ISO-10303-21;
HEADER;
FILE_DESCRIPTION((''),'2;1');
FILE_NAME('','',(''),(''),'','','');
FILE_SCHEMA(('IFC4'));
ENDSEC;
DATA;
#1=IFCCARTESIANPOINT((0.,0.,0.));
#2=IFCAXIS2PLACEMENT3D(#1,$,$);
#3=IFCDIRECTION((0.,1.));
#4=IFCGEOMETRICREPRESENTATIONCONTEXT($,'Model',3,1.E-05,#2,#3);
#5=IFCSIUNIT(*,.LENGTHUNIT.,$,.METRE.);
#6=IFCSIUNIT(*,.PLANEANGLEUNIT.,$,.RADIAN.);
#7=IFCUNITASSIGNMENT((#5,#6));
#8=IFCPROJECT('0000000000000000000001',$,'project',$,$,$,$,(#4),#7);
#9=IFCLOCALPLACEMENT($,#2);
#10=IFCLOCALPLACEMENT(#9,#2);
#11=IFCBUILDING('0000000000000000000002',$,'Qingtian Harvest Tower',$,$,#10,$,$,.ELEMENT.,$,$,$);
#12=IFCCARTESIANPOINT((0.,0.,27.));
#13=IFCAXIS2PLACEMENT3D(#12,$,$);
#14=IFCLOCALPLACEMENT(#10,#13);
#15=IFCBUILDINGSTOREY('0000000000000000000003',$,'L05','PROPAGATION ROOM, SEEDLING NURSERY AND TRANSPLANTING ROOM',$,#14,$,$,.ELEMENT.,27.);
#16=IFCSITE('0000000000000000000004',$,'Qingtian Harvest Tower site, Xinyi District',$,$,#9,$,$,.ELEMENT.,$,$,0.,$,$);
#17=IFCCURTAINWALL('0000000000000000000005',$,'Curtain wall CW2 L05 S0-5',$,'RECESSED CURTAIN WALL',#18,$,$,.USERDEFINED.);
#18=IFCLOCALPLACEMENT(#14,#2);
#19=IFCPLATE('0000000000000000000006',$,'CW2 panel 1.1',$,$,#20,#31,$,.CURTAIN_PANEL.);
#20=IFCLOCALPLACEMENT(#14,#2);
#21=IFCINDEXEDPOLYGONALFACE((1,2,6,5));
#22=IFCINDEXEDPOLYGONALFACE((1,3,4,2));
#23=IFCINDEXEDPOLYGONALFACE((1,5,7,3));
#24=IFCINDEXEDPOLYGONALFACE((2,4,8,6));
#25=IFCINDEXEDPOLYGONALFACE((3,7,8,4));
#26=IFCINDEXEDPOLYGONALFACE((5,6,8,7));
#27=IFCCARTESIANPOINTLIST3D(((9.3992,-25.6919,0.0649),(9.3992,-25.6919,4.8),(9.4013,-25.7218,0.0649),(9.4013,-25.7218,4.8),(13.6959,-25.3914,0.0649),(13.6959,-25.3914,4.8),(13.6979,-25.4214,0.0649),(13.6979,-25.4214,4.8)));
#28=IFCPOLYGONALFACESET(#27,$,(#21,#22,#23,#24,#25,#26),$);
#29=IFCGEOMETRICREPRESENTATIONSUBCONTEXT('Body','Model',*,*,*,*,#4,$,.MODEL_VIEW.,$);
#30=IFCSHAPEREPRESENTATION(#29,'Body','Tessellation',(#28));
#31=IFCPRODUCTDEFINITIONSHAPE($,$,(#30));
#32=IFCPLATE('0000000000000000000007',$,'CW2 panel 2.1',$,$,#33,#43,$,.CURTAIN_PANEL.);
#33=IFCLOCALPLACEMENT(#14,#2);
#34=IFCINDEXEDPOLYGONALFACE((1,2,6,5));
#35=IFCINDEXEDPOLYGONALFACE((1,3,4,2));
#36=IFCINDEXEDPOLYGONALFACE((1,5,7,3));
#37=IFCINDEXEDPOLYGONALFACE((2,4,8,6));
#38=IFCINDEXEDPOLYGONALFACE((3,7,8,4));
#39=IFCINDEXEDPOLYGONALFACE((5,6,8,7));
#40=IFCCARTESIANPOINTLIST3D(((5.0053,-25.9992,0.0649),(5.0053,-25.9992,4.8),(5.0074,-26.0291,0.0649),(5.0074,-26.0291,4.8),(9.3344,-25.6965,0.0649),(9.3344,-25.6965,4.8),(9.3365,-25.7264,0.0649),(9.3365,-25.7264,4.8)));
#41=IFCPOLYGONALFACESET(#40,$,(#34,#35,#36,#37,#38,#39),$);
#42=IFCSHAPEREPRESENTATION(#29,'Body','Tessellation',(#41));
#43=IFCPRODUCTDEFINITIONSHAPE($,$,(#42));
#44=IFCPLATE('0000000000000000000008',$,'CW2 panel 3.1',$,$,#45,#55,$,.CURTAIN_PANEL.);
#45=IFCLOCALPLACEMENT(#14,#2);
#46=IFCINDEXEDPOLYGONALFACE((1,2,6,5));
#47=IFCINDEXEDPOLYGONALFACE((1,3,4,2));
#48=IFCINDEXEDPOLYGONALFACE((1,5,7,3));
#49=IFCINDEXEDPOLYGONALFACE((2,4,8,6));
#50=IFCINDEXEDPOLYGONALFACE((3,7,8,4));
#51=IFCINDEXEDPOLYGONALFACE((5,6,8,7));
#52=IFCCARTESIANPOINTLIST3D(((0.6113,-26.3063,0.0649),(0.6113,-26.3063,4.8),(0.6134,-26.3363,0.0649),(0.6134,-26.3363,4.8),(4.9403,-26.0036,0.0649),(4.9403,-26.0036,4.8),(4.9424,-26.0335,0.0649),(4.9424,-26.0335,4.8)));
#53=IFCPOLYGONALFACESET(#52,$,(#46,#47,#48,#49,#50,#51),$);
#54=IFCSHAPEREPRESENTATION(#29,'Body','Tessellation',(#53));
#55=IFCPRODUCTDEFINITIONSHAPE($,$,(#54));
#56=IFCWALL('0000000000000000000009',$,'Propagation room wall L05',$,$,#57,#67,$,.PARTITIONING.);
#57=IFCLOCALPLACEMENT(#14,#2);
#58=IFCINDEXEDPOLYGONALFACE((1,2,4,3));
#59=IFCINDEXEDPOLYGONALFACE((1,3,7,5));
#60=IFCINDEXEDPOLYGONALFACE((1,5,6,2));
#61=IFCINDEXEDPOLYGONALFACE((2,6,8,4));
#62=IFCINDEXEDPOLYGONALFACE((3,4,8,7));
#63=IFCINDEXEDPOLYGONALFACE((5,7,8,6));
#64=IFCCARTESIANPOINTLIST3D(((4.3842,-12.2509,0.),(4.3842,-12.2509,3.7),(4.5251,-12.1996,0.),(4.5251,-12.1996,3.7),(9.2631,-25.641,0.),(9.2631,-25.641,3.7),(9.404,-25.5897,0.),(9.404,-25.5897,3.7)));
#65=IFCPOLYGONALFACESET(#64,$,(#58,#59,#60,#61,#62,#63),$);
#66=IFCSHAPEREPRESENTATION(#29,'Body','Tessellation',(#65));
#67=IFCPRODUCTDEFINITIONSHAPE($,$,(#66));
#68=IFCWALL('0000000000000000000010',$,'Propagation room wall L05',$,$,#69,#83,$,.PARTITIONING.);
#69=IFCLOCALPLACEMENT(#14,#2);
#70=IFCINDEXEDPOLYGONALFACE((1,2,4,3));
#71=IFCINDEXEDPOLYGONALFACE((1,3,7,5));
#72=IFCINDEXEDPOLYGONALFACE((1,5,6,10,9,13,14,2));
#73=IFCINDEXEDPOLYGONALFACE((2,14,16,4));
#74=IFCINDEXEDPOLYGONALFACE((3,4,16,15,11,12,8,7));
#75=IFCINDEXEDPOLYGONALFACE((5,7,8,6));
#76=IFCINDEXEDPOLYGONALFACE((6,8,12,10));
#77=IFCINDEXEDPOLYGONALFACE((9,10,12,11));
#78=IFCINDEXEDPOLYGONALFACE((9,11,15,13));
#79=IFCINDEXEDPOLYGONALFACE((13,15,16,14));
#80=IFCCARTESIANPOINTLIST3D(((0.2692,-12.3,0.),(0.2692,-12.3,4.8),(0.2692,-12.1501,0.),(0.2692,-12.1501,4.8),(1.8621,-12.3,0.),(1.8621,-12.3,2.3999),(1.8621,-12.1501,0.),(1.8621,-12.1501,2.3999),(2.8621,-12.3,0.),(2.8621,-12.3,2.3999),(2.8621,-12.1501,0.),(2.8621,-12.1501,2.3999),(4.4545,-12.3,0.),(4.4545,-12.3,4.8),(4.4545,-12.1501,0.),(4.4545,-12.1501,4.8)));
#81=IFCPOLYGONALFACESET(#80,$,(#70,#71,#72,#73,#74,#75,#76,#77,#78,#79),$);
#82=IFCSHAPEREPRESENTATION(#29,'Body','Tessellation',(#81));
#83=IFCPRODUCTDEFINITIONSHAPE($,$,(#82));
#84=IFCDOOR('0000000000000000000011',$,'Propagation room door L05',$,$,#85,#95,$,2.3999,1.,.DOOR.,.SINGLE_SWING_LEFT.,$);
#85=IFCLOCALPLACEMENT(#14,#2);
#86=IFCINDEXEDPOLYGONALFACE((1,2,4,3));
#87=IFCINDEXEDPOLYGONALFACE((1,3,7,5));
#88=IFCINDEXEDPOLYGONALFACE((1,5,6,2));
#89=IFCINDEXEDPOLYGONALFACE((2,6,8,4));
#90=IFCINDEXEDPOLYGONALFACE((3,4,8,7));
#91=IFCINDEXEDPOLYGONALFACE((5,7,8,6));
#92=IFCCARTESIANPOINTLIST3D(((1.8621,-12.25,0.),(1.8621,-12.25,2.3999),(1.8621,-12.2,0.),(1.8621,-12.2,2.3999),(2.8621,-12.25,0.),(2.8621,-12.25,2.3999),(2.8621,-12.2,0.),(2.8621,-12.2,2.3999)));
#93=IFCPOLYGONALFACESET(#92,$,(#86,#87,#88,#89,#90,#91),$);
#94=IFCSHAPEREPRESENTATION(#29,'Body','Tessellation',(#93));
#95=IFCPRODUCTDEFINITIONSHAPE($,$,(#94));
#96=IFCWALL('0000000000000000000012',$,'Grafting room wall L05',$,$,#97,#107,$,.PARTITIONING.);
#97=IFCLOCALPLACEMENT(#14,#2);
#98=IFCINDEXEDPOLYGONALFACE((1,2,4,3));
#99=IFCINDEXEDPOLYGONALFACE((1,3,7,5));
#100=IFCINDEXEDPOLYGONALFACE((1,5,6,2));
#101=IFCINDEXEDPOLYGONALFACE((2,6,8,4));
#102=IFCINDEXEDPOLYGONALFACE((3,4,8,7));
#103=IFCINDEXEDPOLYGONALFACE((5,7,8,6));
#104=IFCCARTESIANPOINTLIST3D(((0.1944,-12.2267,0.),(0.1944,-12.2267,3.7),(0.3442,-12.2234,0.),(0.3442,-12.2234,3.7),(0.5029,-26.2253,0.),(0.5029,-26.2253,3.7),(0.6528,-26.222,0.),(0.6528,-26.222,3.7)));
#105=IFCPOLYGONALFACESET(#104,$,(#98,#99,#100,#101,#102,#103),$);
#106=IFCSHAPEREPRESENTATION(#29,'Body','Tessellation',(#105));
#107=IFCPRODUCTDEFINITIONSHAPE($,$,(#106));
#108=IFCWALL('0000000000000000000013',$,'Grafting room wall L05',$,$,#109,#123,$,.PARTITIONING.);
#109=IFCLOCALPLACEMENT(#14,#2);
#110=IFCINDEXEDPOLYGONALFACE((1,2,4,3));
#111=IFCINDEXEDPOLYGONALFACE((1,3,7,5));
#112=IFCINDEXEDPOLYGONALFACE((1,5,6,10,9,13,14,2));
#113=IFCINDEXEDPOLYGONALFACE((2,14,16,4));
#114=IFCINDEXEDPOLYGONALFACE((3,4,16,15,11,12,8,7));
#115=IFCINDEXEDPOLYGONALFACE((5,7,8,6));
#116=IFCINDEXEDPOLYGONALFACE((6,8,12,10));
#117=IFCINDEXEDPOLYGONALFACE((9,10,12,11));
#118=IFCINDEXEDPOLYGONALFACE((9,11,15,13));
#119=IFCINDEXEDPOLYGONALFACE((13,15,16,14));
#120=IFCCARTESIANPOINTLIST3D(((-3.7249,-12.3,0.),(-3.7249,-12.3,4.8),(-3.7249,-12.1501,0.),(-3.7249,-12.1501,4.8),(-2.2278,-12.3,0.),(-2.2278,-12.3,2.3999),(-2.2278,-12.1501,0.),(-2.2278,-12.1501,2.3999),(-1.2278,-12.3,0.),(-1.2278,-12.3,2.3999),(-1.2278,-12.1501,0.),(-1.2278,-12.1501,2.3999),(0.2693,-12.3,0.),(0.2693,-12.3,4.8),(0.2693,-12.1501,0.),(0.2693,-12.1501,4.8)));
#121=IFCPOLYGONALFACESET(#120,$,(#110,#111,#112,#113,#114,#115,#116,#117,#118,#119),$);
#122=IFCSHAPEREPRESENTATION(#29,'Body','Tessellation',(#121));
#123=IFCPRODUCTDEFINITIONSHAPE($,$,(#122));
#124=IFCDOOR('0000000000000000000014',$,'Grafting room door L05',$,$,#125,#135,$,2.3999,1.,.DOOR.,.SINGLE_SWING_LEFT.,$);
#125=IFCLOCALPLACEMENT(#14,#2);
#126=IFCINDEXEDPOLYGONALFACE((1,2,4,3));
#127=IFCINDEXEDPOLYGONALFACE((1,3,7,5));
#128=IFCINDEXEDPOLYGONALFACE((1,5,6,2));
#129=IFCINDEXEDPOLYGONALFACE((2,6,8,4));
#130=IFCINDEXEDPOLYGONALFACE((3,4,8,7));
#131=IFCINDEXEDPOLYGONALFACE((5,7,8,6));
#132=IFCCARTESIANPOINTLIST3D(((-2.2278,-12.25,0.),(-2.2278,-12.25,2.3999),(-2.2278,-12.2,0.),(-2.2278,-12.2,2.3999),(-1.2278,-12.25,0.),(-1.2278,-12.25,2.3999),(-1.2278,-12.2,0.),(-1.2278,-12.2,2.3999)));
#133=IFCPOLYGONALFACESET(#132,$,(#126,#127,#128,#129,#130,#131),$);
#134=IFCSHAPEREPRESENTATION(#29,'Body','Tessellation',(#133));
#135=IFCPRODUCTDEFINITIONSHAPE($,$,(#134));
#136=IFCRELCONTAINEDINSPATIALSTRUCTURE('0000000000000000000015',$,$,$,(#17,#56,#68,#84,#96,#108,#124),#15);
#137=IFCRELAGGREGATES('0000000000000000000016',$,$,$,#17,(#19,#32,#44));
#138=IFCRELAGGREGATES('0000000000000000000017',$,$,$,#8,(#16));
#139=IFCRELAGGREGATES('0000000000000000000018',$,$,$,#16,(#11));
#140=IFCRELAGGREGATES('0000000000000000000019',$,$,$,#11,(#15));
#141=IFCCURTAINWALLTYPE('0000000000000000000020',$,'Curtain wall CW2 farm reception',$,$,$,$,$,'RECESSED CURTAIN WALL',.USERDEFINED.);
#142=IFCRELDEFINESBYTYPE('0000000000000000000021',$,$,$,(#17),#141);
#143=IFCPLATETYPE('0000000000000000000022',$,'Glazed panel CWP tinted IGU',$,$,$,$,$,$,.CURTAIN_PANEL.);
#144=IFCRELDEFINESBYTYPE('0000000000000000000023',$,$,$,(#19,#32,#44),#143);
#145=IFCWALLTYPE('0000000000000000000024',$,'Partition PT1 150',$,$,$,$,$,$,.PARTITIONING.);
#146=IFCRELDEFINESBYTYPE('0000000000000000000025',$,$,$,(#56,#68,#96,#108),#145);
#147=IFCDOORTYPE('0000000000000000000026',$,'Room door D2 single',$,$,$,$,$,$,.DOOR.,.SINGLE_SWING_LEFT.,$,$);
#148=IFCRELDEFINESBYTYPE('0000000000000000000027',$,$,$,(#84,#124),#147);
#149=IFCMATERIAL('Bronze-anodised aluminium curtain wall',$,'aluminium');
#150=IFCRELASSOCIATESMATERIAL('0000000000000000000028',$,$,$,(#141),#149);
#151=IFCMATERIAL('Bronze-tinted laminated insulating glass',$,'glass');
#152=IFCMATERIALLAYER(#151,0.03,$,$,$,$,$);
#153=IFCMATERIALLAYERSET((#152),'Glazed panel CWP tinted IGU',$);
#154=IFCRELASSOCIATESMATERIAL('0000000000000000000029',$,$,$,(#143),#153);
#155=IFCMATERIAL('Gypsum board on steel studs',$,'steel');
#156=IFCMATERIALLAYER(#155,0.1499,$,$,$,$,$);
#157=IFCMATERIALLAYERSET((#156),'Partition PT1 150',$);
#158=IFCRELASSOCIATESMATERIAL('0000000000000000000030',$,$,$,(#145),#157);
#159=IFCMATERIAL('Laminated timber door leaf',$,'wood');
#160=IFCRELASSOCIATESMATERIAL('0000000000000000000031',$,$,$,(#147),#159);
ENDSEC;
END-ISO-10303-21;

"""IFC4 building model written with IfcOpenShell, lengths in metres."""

from ifc_helpers import new_model, si_unit, direction, frame, frame_2d, origin, origin_2d, place, context, subcontext, project, spatial, rectangle, extrude, material, layer, layer_set, type_object, element, fill, aggregate, save


model = new_model("IFC4")

# Units and contexts
model_context = context("Model", 3, precision=1e-05, world=origin(), true_north=direction((0.0, 1.0)))
body_context = subcontext(model_context, "Body", "Model", "MODEL_VIEW")
ifc_project = project(units=[si_unit("LENGTHUNIT", "METRE"), si_unit("PLANEANGLEUNIT", "RADIAN")], contexts=[model_context])

# Site, building, storey
site_placement = place(None, origin())
site = spatial("IfcSite", under=ifc_project, at=site_placement, Name="Qingtian Harvest Tower site, Xinyi District", CompositionType="ELEMENT", RefElevation=0.0)
building_placement = place(site_placement, origin())
building = spatial("IfcBuilding", under=site, at=building_placement, Name="Qingtian Harvest Tower", CompositionType="ELEMENT")
storey_placement = place(building_placement, frame((0.0, 0.0, 27.0)))
storey = spatial("IfcBuildingStorey", under=building, at=storey_placement, Name="L05", Description="PROPAGATION ROOM, SEEDLING NURSERY AND TRANSPLANTING ROOM", CompositionType="ELEMENT", Elevation=27.0)

# Shared definitions
ifc_material_1 = material(Name="Bronze-anodised aluminium curtain wall", Category="aluminium")
curtain_wall_type = type_object("IfcCurtainWallType", Name="Curtain wall CW2 farm reception", ElementType="RECESSED CURTAIN WALL", PredefinedType="USERDEFINED", material=ifc_material_1)

# Curtain wall
curtain_wall_1_placement = place(storey_placement, origin())
curtain_wall_1 = element("IfcCurtainWall", 1, at=curtain_wall_1_placement, inside=storey, type_object=curtain_wall_type, Name="Curtain wall CW2 L05 S0-5", ObjectType="RECESSED CURTAIN WALL", PredefinedType="USERDEFINED")

# Plates
ifc_material_2 = material(Name="Bronze-tinted laminated insulating glass", Category="glass")
ifc_layer_1 = layer(ifc_material_2, 0.03)
ifc_layer_set_1 = layer_set([ifc_layer_1], Name="Glazed panel CWP tinted IGU")
plate_type = type_object("IfcPlateType", Name="Glazed panel CWP tinted IGU", PredefinedType="CURTAIN_PANEL", material=ifc_layer_set_1)
plate_1_placement = place(storey_placement, frame((11.5486, -25.5566, 0.0649), z_axis=(0.0, 0.0, 1.0), x_axis=(-0.997564, -0.069756, 0.0)))
plate_1 = element("IfcPlate", 2, at=plate_1_placement, type_object=plate_type, Name="CW2 panel 1.1", PredefinedType="CURTAIN_PANEL", context=body_context, shape_type="SweptSolid", body=[
    extrude(rectangle(XDim=4.3071, YDim=0.03, at=origin_2d()), origin(), (0.0, 0.0, 1.0), 4.7351),
])
plate_2_placement = place(storey_placement, frame((7.1709, -25.8628, 0.0649), z_axis=(0.0, 0.0, 1.0), x_axis=(-0.997564, -0.069756, 0.0)))
plate_2 = element("IfcPlate", 3, at=plate_2_placement, type_object=plate_type, Name="CW2 panel 2.1", PredefinedType="CURTAIN_PANEL", context=body_context, shape_type="SweptSolid", body=[
    extrude(rectangle(XDim=4.3396, YDim=0.03, at=origin_2d()), origin(), (0.0, 0.0, 1.0), 4.7351),
])
plate_3_placement = place(storey_placement, frame((2.7769, -26.1699, 0.0649), z_axis=(0.0, 0.0, 1.0), x_axis=(-0.997564, -0.069756, 0.0)))
plate_3 = element("IfcPlate", 4, at=plate_3_placement, type_object=plate_type, Name="CW2 panel 3.1", PredefinedType="CURTAIN_PANEL", context=body_context, shape_type="SweptSolid", body=[
    extrude(rectangle(XDim=4.3396, YDim=0.03, at=origin_2d()), origin(), (0.0, 0.0, 1.0), 4.7351),
])
aggregate(curtain_wall_1, [plate_1, plate_2, plate_3])

# Wall
ifc_material_3 = material(Name="Gypsum board on steel studs", Category="steel")
ifc_layer_2 = layer(ifc_material_3, 0.1499)
ifc_layer_set_2 = layer_set([ifc_layer_2], Name="Partition PT1 150")
wall_type = type_object("IfcWallType", Name="Partition PT1 150", PredefinedType="PARTITIONING", material=ifc_layer_set_2)
wall_1_placement = place(storey_placement, frame((9.3335, -25.6152, 0.0), z_axis=(0.0, 0.0, 1.0), x_axis=(-0.342348, 0.939573, 0.0)))
element("IfcWall", 5, at=wall_1_placement, inside=storey, type_object=wall_type, Name="Propagation room wall L05", PredefinedType="PARTITIONING", context=body_context, shape_type="SweptSolid", body=[
    extrude(rectangle(XDim=14.2512, YDim=0.1499, at=frame_2d((7.1255, 0.0))), origin(), (0.0, 0.0, 1.0), 3.7),
])

# Wall, opening, door
wall_2_placement = place(storey_placement, frame((4.4546, -12.2251, 0.0), z_axis=(0.0, 0.0, 1.0), x_axis=(-1.0, 0.0, 0.0)))
wall_2 = element("IfcWall", 6, at=wall_2_placement, inside=storey, type_object=wall_type, Name="Propagation room wall L05", PredefinedType="PARTITIONING", context=body_context, shape_type="SweptSolid", body=[
    extrude(rectangle(XDim=4.1853, YDim=0.1499, at=frame_2d((2.0928, 0.0))), origin(), (0.0, 0.0, 1.0), 4.8),
])
opening_1_placement = place(wall_2_placement, frame((1.5925, 0.0, 0.0)))
opening_1 = element("IfcOpeningElement", 7, at=opening_1_placement, cuts=wall_2, PredefinedType="OPENING", context=body_context, shape_type="SweptSolid", body=[
    extrude(rectangle(XDim=1.0, YDim=2.3999, at=frame_2d((0.5, 1.2))), frame((0.0, 0.085, 0.0), z_axis=(0.0, -1.0, 0.0), x_axis=(1.0, 0.0, 0.0)), (0.0, 0.0, 1.0), 0.1699),
])
ifc_material_4 = material(Name="Laminated timber door leaf", Category="wood")
door_type = type_object("IfcDoorType", Name="Room door D2 single", OperationType="SINGLE_SWING_LEFT", PredefinedType="DOOR", material=ifc_material_4)
door_1_placement = place(opening_1_placement, origin())
door_1 = element("IfcDoor", 8, at=door_1_placement, inside=storey, type_object=door_type, Name="Propagation room door L05", OperationType="SINGLE_SWING_LEFT", OverallHeight=2.3999, OverallWidth=1.0, PredefinedType="DOOR", context=body_context, shape_type="SweptSolid", body=[
    extrude(rectangle(XDim=1.0, YDim=2.3999, at=frame_2d((0.5, 1.2))), frame((0.0, 0.0249, 0.0), z_axis=(0.0, -1.0, 0.0), x_axis=(1.0, 0.0, 0.0)), (0.0, 0.0, 1.0), 0.05),
])
fill(opening_1, door_1)

# Wall
wall_3_placement = place(storey_placement, frame((0.5779, -26.2236, 0.0), z_axis=(0.0, 0.0, 1.0), x_axis=(-0.022039, 0.999757, 0.0)))
element("IfcWall", 9, at=wall_3_placement, inside=storey, type_object=wall_type, Name="Grafting room wall L05", PredefinedType="PARTITIONING", context=body_context, shape_type="SweptSolid", body=[
    extrude(rectangle(XDim=14.002, YDim=0.1499, at=frame_2d((7.001, 0.0))), origin(), (0.0, 0.0, 1.0), 3.7),
])

# Wall, opening, door
wall_4_placement = place(storey_placement, frame((0.2693, -12.2251, 0.0), z_axis=(0.0, 0.0, 1.0), x_axis=(-1.0, 0.0, 0.0)))
wall_4 = element("IfcWall", 10, at=wall_4_placement, inside=storey, type_object=wall_type, Name="Grafting room wall L05", PredefinedType="PARTITIONING", context=body_context, shape_type="SweptSolid", body=[
    extrude(rectangle(XDim=3.9941, YDim=0.1499, at=frame_2d((1.9971, 0.0))), origin(), (0.0, 0.0, 1.0), 4.8),
])
opening_2_placement = place(wall_4_placement, frame((1.4971, 0.0, 0.0)))
opening_2 = element("IfcOpeningElement", 11, at=opening_2_placement, cuts=wall_4, PredefinedType="OPENING", context=body_context, shape_type="SweptSolid", body=[
    extrude(rectangle(XDim=1.0, YDim=2.3999, at=frame_2d((0.5, 1.2))), frame((0.0, 0.085, 0.0), z_axis=(0.0, -1.0, 0.0), x_axis=(1.0, 0.0, 0.0)), (0.0, 0.0, 1.0), 0.1699),
])
door_2_placement = place(opening_2_placement, origin())
door_2 = element("IfcDoor", 12, at=door_2_placement, inside=storey, type_object=door_type, Name="Grafting room door L05", OperationType="SINGLE_SWING_LEFT", OverallHeight=2.3999, OverallWidth=1.0, PredefinedType="DOOR", context=body_context, shape_type="SweptSolid", body=[
    extrude(rectangle(XDim=1.0, YDim=2.3999, at=frame_2d((0.5, 1.2))), frame((0.0, 0.0249, 0.0), z_axis=(0.0, -1.0, 0.0), x_axis=(1.0, 0.0, 0.0)), (0.0, 0.0, 1.0), 0.05),
])
fill(opening_2, door_2)

save(model, "model.ifc")
